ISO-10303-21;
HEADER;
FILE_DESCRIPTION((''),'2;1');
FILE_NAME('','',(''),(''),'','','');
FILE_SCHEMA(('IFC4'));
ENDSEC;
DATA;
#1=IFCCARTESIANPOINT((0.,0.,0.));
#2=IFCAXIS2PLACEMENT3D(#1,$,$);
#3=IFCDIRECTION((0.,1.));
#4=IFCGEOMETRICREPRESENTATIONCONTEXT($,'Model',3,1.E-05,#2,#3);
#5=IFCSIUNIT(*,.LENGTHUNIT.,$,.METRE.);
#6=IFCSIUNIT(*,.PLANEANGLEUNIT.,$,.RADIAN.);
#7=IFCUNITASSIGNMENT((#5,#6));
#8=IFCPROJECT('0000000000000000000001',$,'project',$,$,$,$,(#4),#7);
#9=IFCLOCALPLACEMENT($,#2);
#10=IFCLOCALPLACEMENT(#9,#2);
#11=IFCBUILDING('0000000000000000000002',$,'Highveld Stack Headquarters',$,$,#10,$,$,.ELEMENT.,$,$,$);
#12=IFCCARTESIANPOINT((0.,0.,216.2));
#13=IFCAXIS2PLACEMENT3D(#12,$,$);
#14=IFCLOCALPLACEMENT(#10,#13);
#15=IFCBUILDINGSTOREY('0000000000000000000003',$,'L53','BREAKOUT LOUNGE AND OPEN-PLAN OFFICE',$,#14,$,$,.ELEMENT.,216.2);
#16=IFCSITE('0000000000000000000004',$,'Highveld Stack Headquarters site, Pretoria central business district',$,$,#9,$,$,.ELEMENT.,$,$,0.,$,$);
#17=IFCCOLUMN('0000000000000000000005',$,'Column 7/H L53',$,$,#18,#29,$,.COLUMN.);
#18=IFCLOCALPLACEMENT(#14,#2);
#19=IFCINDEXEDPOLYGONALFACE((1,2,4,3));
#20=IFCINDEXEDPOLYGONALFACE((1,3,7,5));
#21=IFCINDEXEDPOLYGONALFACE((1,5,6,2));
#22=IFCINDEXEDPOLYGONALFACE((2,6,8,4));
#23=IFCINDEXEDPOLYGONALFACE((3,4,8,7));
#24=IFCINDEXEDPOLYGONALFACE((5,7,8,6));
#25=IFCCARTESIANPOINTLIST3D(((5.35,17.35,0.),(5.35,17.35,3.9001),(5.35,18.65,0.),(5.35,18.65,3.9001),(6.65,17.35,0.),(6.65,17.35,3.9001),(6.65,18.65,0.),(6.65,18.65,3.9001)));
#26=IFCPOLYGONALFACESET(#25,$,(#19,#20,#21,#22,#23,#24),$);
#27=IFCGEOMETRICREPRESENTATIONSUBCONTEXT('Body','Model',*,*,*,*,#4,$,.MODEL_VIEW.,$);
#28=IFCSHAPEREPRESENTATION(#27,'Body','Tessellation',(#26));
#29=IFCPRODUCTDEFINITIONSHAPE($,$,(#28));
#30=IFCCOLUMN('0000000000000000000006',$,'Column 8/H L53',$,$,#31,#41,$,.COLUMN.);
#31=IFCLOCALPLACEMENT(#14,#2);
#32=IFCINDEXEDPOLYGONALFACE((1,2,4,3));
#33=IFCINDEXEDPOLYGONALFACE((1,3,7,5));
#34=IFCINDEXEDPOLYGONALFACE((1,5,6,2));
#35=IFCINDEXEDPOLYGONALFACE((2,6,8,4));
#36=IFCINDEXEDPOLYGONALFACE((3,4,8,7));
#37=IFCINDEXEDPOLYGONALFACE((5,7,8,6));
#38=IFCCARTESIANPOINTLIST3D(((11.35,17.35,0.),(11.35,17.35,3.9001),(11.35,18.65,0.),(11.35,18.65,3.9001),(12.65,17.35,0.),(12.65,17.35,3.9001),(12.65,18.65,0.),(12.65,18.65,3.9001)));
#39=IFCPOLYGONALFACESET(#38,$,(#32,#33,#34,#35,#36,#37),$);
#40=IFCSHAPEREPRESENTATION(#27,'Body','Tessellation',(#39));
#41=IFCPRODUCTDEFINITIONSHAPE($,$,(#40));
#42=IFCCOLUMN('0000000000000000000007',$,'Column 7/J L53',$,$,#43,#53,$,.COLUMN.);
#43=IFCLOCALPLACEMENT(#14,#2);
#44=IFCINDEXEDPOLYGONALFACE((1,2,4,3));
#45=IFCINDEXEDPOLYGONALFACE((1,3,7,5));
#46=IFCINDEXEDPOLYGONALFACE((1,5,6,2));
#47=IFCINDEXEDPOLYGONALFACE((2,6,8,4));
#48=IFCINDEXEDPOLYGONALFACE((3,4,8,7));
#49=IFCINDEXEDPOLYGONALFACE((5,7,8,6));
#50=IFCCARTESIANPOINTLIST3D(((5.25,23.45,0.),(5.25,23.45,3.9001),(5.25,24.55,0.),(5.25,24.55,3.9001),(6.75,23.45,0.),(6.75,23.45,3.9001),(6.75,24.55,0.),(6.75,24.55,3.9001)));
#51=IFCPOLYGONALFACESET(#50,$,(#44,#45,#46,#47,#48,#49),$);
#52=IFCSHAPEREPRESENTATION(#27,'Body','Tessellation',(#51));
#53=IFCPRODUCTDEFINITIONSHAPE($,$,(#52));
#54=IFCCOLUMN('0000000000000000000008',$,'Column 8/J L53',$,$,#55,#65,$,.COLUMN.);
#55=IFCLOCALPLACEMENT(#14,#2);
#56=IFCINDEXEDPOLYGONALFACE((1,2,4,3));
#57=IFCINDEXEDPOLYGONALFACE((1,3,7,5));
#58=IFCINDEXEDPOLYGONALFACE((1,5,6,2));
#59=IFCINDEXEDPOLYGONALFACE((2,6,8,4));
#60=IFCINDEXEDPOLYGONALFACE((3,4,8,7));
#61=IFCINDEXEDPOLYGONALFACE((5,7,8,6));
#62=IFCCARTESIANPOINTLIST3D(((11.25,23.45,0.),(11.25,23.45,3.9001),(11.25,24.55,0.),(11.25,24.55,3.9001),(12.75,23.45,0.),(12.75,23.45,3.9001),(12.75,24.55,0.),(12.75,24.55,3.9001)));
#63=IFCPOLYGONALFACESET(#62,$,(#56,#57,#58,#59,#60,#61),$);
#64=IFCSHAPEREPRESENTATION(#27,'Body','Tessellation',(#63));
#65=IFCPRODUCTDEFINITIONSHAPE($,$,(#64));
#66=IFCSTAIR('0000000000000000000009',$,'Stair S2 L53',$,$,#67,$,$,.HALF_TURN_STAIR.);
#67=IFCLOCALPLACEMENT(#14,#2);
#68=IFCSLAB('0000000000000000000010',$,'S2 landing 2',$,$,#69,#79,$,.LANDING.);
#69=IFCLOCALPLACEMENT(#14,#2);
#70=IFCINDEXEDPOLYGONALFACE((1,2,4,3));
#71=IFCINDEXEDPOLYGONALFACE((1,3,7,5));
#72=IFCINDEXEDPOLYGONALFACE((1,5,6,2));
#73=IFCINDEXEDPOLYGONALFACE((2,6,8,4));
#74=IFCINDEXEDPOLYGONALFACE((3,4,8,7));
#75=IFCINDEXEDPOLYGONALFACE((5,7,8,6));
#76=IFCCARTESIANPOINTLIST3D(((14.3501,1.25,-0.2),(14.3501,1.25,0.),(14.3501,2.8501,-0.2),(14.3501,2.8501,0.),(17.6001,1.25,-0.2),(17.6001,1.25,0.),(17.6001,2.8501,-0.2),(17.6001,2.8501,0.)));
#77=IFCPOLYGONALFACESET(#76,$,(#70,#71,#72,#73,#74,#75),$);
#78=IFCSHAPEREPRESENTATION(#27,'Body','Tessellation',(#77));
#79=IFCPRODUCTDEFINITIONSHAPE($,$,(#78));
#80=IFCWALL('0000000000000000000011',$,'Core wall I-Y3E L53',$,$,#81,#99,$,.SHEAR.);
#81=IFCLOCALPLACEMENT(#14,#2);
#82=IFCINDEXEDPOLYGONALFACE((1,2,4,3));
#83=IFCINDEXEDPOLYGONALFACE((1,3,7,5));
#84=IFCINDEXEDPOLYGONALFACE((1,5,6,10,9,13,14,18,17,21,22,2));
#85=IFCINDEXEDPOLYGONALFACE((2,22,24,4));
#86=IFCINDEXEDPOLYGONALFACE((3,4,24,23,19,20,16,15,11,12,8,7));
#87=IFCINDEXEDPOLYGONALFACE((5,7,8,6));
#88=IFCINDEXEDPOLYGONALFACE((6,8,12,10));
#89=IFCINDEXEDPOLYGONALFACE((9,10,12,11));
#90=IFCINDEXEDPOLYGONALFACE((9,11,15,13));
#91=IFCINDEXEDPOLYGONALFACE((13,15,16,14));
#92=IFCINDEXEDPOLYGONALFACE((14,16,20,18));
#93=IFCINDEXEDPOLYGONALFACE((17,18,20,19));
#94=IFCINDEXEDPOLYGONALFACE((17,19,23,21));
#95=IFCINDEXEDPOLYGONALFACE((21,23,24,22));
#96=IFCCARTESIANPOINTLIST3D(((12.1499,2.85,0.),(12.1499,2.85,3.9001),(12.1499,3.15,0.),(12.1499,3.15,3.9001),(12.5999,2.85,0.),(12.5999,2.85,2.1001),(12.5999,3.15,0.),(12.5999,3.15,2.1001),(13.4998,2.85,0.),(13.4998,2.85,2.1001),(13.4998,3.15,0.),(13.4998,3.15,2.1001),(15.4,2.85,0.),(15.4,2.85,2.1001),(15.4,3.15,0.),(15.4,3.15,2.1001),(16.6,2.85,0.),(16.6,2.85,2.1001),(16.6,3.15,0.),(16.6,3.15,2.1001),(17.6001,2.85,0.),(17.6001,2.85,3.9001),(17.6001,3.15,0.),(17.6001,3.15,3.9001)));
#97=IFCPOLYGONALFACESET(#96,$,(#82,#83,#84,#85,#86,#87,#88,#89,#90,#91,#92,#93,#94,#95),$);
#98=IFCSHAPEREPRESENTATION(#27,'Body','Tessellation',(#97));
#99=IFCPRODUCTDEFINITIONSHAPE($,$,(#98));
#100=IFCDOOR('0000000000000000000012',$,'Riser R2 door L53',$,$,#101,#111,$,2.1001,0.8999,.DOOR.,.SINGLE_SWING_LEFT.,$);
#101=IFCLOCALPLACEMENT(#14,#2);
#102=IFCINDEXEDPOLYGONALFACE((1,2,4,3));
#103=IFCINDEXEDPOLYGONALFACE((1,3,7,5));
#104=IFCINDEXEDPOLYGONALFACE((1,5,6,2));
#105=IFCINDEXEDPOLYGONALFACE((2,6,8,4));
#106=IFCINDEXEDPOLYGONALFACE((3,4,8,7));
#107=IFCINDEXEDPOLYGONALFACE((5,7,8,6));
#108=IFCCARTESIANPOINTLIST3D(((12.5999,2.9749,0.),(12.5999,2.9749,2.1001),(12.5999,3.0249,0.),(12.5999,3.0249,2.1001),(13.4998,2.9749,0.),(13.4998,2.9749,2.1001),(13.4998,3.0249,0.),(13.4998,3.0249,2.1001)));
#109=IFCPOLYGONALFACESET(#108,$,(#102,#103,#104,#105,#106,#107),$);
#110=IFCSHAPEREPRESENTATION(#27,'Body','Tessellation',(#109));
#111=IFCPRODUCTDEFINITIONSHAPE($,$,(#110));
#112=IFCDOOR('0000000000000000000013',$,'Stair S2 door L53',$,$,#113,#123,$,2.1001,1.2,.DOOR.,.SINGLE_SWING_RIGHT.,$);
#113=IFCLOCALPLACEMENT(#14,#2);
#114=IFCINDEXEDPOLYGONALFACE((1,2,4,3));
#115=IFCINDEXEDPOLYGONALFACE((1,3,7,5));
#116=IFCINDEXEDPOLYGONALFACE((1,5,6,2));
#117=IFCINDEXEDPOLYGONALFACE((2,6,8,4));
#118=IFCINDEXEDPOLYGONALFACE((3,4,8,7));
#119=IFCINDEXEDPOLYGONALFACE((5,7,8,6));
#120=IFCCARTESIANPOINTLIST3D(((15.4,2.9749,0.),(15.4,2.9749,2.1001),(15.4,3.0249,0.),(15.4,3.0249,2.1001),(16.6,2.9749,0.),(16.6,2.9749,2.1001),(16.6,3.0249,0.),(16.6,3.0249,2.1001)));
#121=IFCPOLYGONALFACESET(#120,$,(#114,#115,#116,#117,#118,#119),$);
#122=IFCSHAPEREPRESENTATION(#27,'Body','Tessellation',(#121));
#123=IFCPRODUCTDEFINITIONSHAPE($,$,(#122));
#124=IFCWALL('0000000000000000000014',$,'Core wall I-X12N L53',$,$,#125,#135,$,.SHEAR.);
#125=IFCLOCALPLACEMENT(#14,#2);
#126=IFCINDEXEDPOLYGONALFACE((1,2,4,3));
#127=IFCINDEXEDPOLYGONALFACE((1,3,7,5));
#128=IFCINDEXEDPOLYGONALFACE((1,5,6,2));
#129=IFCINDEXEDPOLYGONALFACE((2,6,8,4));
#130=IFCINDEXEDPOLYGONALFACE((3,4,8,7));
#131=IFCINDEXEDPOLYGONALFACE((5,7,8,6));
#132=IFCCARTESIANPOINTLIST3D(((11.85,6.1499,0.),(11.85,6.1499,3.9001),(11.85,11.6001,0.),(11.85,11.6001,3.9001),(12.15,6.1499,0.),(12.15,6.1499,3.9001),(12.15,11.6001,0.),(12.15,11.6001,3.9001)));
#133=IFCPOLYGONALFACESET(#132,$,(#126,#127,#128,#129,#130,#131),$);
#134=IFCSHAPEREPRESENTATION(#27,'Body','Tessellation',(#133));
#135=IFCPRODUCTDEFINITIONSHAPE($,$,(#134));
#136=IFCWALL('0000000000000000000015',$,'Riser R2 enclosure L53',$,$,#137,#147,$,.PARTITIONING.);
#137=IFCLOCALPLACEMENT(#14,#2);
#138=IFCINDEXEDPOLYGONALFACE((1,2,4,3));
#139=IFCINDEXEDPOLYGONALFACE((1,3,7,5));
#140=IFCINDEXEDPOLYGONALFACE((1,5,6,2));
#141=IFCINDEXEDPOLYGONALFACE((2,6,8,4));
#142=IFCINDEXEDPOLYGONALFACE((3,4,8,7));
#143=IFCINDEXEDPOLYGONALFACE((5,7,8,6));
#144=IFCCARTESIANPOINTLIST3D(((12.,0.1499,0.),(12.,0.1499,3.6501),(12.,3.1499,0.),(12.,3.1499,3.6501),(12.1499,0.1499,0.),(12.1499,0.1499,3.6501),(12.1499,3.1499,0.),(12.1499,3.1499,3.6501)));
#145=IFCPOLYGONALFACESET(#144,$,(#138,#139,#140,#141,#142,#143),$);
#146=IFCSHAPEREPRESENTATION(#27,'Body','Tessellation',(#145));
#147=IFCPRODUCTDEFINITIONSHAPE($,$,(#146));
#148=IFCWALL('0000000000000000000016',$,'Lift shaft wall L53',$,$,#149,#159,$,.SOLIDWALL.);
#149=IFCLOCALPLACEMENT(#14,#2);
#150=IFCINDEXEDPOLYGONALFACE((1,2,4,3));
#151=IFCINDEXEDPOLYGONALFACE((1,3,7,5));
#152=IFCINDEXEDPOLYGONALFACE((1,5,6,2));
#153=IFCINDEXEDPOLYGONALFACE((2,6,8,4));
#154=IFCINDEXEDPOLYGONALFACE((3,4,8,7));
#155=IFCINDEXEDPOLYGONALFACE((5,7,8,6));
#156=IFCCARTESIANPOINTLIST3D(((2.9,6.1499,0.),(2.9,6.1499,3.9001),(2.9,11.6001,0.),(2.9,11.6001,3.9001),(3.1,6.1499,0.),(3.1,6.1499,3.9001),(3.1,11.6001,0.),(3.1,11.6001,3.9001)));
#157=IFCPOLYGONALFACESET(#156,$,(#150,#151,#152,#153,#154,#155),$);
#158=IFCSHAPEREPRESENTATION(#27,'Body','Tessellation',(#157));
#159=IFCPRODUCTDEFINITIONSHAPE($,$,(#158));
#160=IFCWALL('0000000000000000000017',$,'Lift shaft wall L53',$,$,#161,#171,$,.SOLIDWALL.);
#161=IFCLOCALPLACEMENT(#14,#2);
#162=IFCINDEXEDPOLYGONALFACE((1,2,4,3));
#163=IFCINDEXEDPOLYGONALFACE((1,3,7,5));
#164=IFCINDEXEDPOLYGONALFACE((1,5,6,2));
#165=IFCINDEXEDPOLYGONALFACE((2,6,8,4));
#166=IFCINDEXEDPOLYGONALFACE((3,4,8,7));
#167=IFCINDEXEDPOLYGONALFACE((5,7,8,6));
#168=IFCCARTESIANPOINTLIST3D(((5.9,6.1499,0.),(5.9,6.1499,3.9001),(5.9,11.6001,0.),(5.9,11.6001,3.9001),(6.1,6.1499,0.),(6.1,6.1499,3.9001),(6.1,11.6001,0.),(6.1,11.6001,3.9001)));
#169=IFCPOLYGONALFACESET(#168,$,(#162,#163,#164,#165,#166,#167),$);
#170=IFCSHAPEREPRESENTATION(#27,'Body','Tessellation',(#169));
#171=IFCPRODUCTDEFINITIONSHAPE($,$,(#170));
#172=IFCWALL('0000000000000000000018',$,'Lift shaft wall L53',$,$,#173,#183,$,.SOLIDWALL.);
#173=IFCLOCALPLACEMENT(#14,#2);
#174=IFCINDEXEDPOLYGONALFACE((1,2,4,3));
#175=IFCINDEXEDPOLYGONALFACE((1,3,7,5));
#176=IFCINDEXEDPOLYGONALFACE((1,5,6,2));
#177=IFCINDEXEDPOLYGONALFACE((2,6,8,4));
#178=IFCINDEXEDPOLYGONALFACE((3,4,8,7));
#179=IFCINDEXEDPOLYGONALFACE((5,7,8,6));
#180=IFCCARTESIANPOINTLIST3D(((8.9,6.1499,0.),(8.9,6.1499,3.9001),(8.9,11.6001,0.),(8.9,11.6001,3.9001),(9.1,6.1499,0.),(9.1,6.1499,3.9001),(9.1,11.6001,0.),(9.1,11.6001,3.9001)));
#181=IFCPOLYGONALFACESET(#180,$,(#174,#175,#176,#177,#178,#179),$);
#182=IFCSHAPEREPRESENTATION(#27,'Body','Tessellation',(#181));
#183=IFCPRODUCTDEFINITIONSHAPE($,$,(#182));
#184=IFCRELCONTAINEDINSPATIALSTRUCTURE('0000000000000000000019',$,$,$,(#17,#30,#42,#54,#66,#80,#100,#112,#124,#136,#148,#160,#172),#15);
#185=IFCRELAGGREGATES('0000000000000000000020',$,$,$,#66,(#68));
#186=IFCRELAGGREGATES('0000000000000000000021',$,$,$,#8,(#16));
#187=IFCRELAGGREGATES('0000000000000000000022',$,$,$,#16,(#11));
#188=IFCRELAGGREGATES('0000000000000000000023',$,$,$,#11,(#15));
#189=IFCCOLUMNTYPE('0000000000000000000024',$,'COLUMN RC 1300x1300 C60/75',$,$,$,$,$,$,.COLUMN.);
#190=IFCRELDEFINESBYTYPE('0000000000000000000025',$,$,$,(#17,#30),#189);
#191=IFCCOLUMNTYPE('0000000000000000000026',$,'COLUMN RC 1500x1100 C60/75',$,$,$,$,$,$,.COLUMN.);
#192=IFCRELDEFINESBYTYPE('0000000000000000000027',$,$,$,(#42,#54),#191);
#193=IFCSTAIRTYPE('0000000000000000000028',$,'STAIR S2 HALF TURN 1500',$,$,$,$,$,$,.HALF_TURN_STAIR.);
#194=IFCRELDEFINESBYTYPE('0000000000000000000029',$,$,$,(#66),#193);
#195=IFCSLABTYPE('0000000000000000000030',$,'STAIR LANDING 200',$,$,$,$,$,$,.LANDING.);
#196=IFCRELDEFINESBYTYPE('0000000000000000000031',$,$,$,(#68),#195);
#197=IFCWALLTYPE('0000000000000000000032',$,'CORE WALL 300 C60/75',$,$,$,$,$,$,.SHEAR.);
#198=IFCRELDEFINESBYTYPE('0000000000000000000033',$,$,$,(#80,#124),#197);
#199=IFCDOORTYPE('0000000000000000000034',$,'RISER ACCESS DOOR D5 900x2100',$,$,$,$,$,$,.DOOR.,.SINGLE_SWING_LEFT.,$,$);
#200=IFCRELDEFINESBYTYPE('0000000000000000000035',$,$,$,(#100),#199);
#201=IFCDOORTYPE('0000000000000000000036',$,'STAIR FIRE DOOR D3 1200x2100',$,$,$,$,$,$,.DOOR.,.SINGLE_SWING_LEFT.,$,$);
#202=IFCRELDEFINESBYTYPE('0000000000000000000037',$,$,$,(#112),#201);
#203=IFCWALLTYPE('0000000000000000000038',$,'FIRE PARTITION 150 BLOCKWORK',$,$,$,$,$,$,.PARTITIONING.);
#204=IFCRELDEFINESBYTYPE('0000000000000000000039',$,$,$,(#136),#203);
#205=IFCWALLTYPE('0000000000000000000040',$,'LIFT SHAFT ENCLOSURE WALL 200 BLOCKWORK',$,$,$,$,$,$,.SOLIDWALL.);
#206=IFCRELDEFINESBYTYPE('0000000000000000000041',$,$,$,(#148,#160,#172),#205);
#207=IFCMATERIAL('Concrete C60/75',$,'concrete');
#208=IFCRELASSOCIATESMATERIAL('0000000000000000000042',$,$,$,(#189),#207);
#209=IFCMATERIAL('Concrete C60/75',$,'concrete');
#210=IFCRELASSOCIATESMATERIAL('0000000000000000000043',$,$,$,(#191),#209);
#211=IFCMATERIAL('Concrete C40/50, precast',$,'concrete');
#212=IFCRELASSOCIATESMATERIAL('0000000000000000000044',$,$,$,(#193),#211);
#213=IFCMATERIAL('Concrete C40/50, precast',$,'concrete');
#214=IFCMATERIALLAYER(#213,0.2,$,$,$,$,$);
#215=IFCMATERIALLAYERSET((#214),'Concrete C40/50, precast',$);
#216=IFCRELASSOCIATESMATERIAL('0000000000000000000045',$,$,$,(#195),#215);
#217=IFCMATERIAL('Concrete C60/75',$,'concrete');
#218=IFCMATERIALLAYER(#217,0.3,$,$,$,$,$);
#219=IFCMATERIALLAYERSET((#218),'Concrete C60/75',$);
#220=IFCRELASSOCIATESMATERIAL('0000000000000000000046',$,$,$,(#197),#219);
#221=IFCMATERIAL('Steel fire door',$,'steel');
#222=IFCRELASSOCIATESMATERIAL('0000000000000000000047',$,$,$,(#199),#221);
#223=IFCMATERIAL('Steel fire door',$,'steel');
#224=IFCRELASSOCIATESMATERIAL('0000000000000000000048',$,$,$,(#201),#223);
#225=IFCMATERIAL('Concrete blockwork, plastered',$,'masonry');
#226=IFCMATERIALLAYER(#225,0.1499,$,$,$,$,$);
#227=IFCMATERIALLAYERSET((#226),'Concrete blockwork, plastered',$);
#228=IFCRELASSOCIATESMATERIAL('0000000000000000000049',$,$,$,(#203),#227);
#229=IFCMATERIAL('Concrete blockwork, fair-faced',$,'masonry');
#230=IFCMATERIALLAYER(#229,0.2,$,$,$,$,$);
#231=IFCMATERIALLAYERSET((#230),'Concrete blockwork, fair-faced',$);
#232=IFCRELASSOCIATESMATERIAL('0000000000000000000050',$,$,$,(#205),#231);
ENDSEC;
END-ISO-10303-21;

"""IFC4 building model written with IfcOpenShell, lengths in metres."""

from ifc_helpers import new_model, si_unit, direction, frame, frame_2d, origin, origin_2d, place, context, subcontext, project, spatial, polyline, rectangle, outline, extrude, material, layer, layer_set, material_profile, profile_set, type_object, element, fill, aggregate, save


model = new_model("IFC4")

# Units and contexts
model_context = context("Model", 3, precision=1e-05, world=origin(), true_north=direction((0.0, 1.0)))
body_context = subcontext(model_context, "Body", "Model", "MODEL_VIEW")
ifc_project = project(units=[si_unit("LENGTHUNIT", "METRE"), si_unit("PLANEANGLEUNIT", "RADIAN")], contexts=[model_context])

# Site, building, storey
site_placement = place(None, origin())
site = spatial("IfcSite", under=ifc_project, at=site_placement, Name="Highveld Stack Headquarters site, Pretoria central business district", CompositionType="ELEMENT", RefElevation=0.0)
building_placement = place(site_placement, origin())
building = spatial("IfcBuilding", under=site, at=building_placement, Name="Highveld Stack Headquarters", CompositionType="ELEMENT")
storey_placement = place(building_placement, frame((0.0, 0.0, 216.2)))
storey = spatial("IfcBuildingStorey", under=building, at=storey_placement, Name="L53", Description="BREAKOUT LOUNGE AND OPEN-PLAN OFFICE", CompositionType="ELEMENT", Elevation=216.2)

# Columns
ifc_material_1 = material(Name="Concrete C60/75", Category="concrete")
ifc_material_profile_1 = material_profile(ifc_material_1, rectangle(XDim=1.3, YDim=1.3, at=origin_2d()), Name="RC 1300x1300")
ifc_profile_set_1 = profile_set([ifc_material_profile_1], Name="Concrete C60/75")
column_type_1 = type_object("IfcColumnType", Name="COLUMN RC 1300x1300 C60/75", PredefinedType="COLUMN", material=ifc_profile_set_1)
for number, where, z_axis, x_axis, name in (
    (1, (6.0, 18.0, 0.0), (0.0, 0.0, 1.0), (1.0, 0.0, 0.0), "Column 7/H L53"),
    (2, (12.0, 18.0, 0.0), (0.0, 0.0, 1.0), (1.0, 0.0, 0.0), "Column 8/H L53"),
):
    element("IfcColumn", number, at=place(storey_placement, frame(where, z_axis=z_axis, x_axis=x_axis)), inside=storey, type_object=column_type_1, Name=name, PredefinedType="COLUMN", context=body_context, shape_type="SweptSolid", body=[
        extrude(rectangle(XDim=1.3, YDim=1.3, at=origin_2d()), origin(), (0.0, 0.0, 1.0), 3.9001),
    ])
ifc_material_2 = material(Name="Concrete C60/75", Category="concrete")
ifc_material_profile_2 = material_profile(ifc_material_2, rectangle(XDim=1.5, YDim=1.1001, at=origin_2d()), Name="RC 1500x1100")
ifc_profile_set_2 = profile_set([ifc_material_profile_2], Name="Concrete C60/75")
column_type_2 = type_object("IfcColumnType", Name="COLUMN RC 1500x1100 C60/75", PredefinedType="COLUMN", material=ifc_profile_set_2)
for number, where, z_axis, x_axis, name in (
    (3, (6.0, 24.0, 0.0), (0.0, 0.0, 1.0), (1.0, 0.0, 0.0), "Column 7/J L53"),
    (4, (12.0, 24.0, 0.0), (0.0, 0.0, 1.0), (1.0, 0.0, 0.0), "Column 8/J L53"),
):
    element("IfcColumn", number, at=place(storey_placement, frame(where, z_axis=z_axis, x_axis=x_axis)), inside=storey, type_object=column_type_2, Name=name, PredefinedType="COLUMN", context=body_context, shape_type="SweptSolid", body=[
        extrude(rectangle(XDim=1.5, YDim=1.1001, at=origin_2d()), origin(), (0.0, 0.0, 1.0), 3.9001),
    ])

# Stair, slab
ifc_material_3 = material(Name="Concrete C40/50, precast", Category="concrete")
stair_type = type_object("IfcStairType", Name="STAIR S2 HALF TURN 1500", PredefinedType="HALF_TURN_STAIR", material=ifc_material_3)
stair_placement = place(storey_placement, origin())
stair = element("IfcStair", 5, at=stair_placement, inside=storey, type_object=stair_type, Name="Stair S2 L53", PredefinedType="HALF_TURN_STAIR")
ifc_material_4 = material(Name="Concrete C40/50, precast", Category="concrete")
ifc_layer_1 = layer(ifc_material_4, 0.2)
ifc_layer_set_1 = layer_set([ifc_layer_1], Name="Concrete C40/50, precast")
slab_type = type_object("IfcSlabType", Name="STAIR LANDING 200", PredefinedType="LANDING", material=ifc_layer_set_1)
slab_placement = place(storey_placement, frame((0.0, 0.0, -0.2)))
slab = element("IfcSlab", 6, at=slab_placement, type_object=slab_type, Name="S2 landing 2", PredefinedType="LANDING", context=body_context, shape_type="SweptSolid", body=[
    extrude(outline(polyline([(14.3501, 1.25), (17.6001, 1.25), (17.6001, 2.8501), (14.3501, 2.8501), (14.3501, 1.25)])), origin(), (0.0, 0.0, 1.0), 0.2),
])

# Wall, openings, doors
ifc_material_5 = material(Name="Concrete C60/75", Category="concrete")
ifc_layer_2 = layer(ifc_material_5, 0.3)
ifc_layer_set_2 = layer_set([ifc_layer_2], Name="Concrete C60/75")
wall_type_1 = type_object("IfcWallType", Name="CORE WALL 300 C60/75", PredefinedType="SHEAR", material=ifc_layer_set_2)
wall_1_placement = place(storey_placement, frame((12.1499, 3.0, 0.0), z_axis=(0.0, 0.0, 1.0), x_axis=(1.0, 0.0, 0.0)))
wall_1 = element("IfcWall", 7, at=wall_1_placement, inside=storey, type_object=wall_type_1, Name="Core wall I-Y3E L53", PredefinedType="SHEAR", context=body_context, shape_type="SweptSolid", body=[
    extrude(rectangle(XDim=5.4502, YDim=0.3, at=frame_2d((2.7251, 0.0))), origin(), (0.0, 0.0, 1.0), 3.9001),
])
opening_1_placement = place(wall_1_placement, frame((3.25, 0.0, 0.0)))
opening_1 = element("IfcOpeningElement", 8, at=opening_1_placement, cuts=wall_1, PredefinedType="OPENING", context=body_context, shape_type="SweptSolid", body=[
    extrude(rectangle(XDim=1.2, YDim=2.1001, at=frame_2d((0.6001, 1.05))), frame((0.0, 0.1599, 0.0), z_axis=(0.0, -1.0, 0.0), x_axis=(1.0, 0.0, 0.0)), (0.0, 0.0, 1.0), 0.3201),
])
opening_2_placement = place(wall_1_placement, frame((0.45, 0.0, 0.0)))
opening_2 = element("IfcOpeningElement", 9, at=opening_2_placement, cuts=wall_1, PredefinedType="OPENING", context=body_context, shape_type="SweptSolid", body=[
    extrude(rectangle(XDim=0.8999, YDim=2.1001, at=frame_2d((0.45, 1.05))), frame((0.0, 0.1599, 0.0), z_axis=(0.0, -1.0, 0.0), x_axis=(1.0, 0.0, 0.0)), (0.0, 0.0, 1.0), 0.3201),
])
ifc_material_6 = material(Name="Steel fire door", Category="steel")
door_type_1 = type_object("IfcDoorType", Name="RISER ACCESS DOOR D5 900x2100", OperationType="SINGLE_SWING_LEFT", PredefinedType="DOOR", material=ifc_material_6)
door_1_placement = place(opening_2_placement, origin())
door_1 = element("IfcDoor", 10, at=door_1_placement, inside=storey, type_object=door_type_1, Name="Riser R2 door L53", OperationType="SINGLE_SWING_LEFT", OverallHeight=2.1001, OverallWidth=0.8999, PredefinedType="DOOR", context=body_context, shape_type="SweptSolid", body=[
    extrude(rectangle(XDim=0.8999, YDim=2.1001, at=frame_2d((0.45, 1.05))), frame((0.0, 0.0249, 0.0), z_axis=(0.0, -1.0, 0.0), x_axis=(1.0, 0.0, 0.0)), (0.0, 0.0, 1.0), 0.05),
])
fill(opening_2, door_1)
ifc_material_7 = material(Name="Steel fire door", Category="steel")
door_type_2 = type_object("IfcDoorType", Name="STAIR FIRE DOOR D3 1200x2100", OperationType="SINGLE_SWING_LEFT", PredefinedType="DOOR", material=ifc_material_7)
door_2_placement = place(opening_1_placement, origin())
door_2 = element("IfcDoor", 11, at=door_2_placement, inside=storey, type_object=door_type_2, Name="Stair S2 door L53", OperationType="SINGLE_SWING_RIGHT", OverallHeight=2.1001, OverallWidth=1.2, PredefinedType="DOOR", context=body_context, shape_type="SweptSolid", body=[
    extrude(rectangle(XDim=1.2, YDim=2.1001, at=frame_2d((0.6001, 1.05))), frame((0.0, 0.0249, 0.0), z_axis=(0.0, -1.0, 0.0), x_axis=(1.0, 0.0, 0.0)), (0.0, 0.0, 1.0), 0.05),
])
fill(opening_1, door_2)

# Walls
wall_2_placement = place(storey_placement, frame((12.0, 6.1499, 0.0), z_axis=(0.0, 0.0, 1.0), x_axis=(0.0, 1.0, 0.0)))
element("IfcWall", 12, at=wall_2_placement, inside=storey, type_object=wall_type_1, Name="Core wall I-X12N L53", PredefinedType="SHEAR", context=body_context, shape_type="SweptSolid", body=[
    extrude(rectangle(XDim=5.4502, YDim=0.3, at=frame_2d((2.7251, 0.0))), origin(), (0.0, 0.0, 1.0), 3.9001),
])
ifc_material_8 = material(Name="Concrete blockwork, plastered", Category="masonry")
ifc_layer_3 = layer(ifc_material_8, 0.1499)
ifc_layer_set_3 = layer_set([ifc_layer_3], Name="Concrete blockwork, plastered")
wall_type_2 = type_object("IfcWallType", Name="FIRE PARTITION 150 BLOCKWORK", PredefinedType="PARTITIONING", material=ifc_layer_set_3)
wall_3_placement = place(storey_placement, frame((12.075, 0.1499, 0.0), z_axis=(0.0, 0.0, 1.0), x_axis=(0.0, 1.0, 0.0)))
element("IfcWall", 13, at=wall_3_placement, inside=storey, type_object=wall_type_2, Name="Riser R2 enclosure L53", PredefinedType="PARTITIONING", context=body_context, shape_type="SweptSolid", body=[
    extrude(rectangle(XDim=3.0, YDim=0.1499, at=frame_2d((1.5, 0.0))), origin(), (0.0, 0.0, 1.0), 3.6501),
])
ifc_material_9 = material(Name="Concrete blockwork, fair-faced", Category="masonry")
ifc_layer_4 = layer(ifc_material_9, 0.2)
ifc_layer_set_4 = layer_set([ifc_layer_4], Name="Concrete blockwork, fair-faced")
wall_type_3 = type_object("IfcWallType", Name="LIFT SHAFT ENCLOSURE WALL 200 BLOCKWORK", PredefinedType="SOLIDWALL", material=ifc_layer_set_4)
for number, where, z_axis, x_axis, name in (
    (14, (3.0, 6.1499, 0.0), (0.0, 0.0, 1.0), (0.0, 1.0, 0.0), "Lift shaft wall L53"),
    (15, (6.0, 6.1499, 0.0), (0.0, 0.0, 1.0), (0.0, 1.0, 0.0), "Lift shaft wall L53"),
    (16, (9.0, 6.1499, 0.0), (0.0, 0.0, 1.0), (0.0, 1.0, 0.0), "Lift shaft wall L53"),
):
    element("IfcWall", number, at=place(storey_placement, frame(where, z_axis=z_axis, x_axis=x_axis)), inside=storey, type_object=wall_type_3, Name=name, PredefinedType="SOLIDWALL", context=body_context, shape_type="SweptSolid", body=[
        extrude(rectangle(XDim=5.4502, YDim=0.2, at=frame_2d((2.7251, 0.0))), origin(), (0.0, 0.0, 1.0), 3.9001),
    ])

aggregate(stair, [slab])

save(model, "model.ifc")
